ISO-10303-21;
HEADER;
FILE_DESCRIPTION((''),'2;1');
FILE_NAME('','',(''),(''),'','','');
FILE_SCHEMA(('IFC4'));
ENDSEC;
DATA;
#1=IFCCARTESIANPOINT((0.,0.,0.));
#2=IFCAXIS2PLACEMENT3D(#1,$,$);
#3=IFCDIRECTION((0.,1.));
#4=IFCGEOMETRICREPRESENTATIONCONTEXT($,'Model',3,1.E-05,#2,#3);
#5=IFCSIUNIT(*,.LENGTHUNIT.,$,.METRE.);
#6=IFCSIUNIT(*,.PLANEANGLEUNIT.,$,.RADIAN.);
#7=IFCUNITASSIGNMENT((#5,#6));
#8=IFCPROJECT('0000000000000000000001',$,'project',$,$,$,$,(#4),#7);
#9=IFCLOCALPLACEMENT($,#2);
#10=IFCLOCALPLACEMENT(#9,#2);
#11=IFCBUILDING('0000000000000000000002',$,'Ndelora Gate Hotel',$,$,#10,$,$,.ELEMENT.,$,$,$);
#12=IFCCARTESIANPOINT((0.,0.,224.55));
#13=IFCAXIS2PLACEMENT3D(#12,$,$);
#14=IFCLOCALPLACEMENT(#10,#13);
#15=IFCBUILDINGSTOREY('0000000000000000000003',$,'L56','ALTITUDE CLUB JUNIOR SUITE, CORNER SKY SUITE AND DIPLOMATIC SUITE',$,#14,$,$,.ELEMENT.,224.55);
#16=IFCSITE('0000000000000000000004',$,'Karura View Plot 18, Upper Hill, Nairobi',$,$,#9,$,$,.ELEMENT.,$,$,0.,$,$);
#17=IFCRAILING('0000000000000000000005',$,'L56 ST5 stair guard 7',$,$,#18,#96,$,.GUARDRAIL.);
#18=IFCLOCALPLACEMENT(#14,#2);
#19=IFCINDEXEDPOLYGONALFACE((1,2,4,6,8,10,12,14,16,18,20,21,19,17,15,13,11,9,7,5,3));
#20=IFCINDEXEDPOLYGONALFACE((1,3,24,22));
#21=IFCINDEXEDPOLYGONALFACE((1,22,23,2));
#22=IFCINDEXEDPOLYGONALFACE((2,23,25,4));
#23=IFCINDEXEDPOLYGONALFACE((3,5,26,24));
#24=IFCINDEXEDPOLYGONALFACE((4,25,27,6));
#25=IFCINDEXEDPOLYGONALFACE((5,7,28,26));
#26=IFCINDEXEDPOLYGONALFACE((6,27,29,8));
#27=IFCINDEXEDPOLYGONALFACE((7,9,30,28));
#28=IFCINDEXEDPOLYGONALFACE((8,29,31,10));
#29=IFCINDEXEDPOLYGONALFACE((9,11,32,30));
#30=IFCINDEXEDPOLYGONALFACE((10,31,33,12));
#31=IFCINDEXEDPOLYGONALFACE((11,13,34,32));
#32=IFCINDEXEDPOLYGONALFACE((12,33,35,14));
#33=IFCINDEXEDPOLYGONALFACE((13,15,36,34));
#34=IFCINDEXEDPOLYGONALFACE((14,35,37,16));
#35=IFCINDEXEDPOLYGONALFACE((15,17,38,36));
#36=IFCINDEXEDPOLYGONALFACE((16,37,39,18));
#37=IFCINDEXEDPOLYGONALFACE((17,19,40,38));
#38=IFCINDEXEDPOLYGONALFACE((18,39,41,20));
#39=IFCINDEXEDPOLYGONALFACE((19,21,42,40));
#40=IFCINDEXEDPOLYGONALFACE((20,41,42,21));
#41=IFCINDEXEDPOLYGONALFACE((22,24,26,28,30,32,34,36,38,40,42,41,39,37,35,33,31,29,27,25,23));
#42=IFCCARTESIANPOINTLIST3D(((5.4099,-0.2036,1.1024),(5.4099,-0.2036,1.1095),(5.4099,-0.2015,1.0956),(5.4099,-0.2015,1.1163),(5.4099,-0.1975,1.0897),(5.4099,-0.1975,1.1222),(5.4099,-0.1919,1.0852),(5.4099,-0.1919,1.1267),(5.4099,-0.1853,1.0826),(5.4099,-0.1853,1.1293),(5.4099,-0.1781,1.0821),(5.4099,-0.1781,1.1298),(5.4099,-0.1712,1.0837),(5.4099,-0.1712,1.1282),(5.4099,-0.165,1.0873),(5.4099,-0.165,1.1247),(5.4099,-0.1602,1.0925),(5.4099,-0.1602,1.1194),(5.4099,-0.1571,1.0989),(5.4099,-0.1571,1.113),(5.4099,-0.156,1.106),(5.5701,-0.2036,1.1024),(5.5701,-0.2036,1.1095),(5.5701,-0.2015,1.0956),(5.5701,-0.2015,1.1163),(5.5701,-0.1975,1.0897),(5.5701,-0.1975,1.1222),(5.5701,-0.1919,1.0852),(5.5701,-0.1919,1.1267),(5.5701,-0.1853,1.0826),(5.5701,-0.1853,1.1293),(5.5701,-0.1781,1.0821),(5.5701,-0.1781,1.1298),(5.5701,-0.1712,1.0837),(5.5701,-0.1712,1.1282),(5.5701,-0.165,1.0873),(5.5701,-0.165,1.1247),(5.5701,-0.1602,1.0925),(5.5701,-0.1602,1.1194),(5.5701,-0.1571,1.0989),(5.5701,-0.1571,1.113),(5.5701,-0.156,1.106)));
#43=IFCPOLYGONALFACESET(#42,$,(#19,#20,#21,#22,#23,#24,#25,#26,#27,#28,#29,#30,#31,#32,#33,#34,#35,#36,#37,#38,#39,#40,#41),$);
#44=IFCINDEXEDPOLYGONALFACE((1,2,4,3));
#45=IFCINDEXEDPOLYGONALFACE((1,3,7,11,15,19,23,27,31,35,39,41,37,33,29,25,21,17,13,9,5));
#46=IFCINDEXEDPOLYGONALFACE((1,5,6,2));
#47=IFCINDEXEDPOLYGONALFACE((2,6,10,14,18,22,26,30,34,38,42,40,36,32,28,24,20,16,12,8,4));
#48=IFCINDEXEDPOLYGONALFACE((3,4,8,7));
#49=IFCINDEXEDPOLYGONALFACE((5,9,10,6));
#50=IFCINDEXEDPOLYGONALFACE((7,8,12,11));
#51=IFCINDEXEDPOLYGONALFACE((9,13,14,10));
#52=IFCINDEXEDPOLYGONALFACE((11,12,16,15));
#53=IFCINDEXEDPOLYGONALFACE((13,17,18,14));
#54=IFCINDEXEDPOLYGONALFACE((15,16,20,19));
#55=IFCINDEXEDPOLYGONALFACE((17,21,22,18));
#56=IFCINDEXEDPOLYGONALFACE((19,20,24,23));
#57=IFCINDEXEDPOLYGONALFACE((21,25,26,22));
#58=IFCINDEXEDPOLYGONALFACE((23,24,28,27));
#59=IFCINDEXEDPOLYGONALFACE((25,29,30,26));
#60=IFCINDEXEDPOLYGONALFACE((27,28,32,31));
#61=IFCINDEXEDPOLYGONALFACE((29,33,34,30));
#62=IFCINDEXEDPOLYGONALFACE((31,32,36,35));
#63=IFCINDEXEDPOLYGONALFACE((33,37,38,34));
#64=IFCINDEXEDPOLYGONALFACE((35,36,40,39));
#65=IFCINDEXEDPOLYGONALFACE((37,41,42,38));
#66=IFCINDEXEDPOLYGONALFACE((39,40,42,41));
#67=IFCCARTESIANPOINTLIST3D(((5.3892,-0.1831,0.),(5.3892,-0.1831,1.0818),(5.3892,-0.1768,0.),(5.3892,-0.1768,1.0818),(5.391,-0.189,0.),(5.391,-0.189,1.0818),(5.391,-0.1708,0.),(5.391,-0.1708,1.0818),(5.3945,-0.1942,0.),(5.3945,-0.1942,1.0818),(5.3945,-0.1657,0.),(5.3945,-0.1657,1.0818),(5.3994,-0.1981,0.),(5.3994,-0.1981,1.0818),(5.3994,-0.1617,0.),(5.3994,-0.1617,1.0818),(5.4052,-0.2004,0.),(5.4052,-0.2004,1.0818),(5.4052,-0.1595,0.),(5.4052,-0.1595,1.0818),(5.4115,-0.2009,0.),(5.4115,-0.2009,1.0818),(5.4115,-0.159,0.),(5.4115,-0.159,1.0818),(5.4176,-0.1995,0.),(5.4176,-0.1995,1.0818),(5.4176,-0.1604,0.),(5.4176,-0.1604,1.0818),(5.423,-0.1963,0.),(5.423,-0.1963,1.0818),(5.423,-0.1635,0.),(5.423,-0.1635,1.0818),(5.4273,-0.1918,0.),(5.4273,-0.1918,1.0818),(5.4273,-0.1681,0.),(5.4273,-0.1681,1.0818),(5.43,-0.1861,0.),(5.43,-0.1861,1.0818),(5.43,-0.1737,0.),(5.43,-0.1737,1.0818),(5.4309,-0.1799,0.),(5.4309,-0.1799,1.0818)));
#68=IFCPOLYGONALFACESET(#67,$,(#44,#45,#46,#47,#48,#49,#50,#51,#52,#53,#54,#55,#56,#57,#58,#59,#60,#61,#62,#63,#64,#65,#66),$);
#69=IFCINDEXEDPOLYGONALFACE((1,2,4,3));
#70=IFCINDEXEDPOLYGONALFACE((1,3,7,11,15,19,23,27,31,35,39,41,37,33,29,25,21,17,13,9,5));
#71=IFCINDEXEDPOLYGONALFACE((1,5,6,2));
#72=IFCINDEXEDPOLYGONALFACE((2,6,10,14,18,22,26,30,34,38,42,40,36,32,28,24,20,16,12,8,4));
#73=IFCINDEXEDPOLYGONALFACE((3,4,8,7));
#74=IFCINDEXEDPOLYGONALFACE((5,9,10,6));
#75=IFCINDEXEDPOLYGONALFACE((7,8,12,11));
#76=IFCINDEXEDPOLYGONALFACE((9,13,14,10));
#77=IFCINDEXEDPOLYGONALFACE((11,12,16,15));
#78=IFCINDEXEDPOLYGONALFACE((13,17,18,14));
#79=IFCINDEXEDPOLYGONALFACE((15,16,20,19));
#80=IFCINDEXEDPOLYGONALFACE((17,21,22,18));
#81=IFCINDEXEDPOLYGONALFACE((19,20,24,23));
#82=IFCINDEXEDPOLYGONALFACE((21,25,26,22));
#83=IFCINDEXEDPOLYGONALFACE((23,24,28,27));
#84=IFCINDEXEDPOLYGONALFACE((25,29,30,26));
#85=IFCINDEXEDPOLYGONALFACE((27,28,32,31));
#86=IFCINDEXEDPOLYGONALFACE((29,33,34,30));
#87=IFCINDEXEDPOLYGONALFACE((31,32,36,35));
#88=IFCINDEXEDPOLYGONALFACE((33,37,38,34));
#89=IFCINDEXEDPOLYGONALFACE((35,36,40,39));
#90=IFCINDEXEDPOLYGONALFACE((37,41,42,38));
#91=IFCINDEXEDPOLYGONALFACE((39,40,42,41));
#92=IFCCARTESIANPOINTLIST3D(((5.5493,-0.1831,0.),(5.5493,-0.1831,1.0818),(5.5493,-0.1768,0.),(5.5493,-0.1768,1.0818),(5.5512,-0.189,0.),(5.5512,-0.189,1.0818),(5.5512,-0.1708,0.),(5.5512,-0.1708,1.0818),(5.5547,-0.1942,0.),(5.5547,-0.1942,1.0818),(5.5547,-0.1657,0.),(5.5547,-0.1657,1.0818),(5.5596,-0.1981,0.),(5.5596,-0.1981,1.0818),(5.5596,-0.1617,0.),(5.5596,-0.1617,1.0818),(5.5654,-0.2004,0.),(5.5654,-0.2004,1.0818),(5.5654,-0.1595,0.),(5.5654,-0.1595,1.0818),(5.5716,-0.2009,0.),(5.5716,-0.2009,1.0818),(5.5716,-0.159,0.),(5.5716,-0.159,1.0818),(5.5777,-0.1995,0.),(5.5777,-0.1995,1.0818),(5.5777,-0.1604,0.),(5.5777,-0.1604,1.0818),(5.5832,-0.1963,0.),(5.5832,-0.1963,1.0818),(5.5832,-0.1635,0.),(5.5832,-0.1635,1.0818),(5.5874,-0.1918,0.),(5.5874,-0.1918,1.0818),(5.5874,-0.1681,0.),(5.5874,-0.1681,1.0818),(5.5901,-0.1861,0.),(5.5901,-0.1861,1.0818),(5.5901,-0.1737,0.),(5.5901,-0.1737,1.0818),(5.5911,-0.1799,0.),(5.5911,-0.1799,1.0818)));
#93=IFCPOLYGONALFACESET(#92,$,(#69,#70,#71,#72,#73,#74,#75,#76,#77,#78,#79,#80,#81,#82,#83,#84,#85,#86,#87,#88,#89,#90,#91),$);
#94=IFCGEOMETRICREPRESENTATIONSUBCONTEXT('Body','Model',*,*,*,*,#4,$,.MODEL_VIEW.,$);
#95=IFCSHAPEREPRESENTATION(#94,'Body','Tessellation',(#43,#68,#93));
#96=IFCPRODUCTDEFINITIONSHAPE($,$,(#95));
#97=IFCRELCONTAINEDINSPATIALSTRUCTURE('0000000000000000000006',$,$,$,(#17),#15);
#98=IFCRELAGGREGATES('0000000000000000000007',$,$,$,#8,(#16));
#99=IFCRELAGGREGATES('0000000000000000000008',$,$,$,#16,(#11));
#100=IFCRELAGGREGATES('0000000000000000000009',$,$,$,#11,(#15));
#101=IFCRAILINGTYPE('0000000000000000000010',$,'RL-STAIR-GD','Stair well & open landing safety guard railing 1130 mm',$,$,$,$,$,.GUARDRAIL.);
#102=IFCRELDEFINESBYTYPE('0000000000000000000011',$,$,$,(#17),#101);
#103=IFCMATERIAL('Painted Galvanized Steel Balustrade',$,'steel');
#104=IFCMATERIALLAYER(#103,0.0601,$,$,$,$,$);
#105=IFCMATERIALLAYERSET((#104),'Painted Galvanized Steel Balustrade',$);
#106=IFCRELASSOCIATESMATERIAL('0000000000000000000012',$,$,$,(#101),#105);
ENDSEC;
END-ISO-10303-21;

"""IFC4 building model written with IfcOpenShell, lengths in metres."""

from ifc_helpers import new_model, si_unit, direction, frame, origin, origin_2d, place, context, subcontext, project, spatial, circle, extrude, material, layer, layer_set, type_object, element, save


model = new_model("IFC4")

# Units and contexts
model_context = context("Model", 3, precision=1e-05, world=origin(), true_north=direction((0.0, 1.0)))
body_context = subcontext(model_context, "Body", "Model", "MODEL_VIEW")
ifc_project = project(units=[si_unit("LENGTHUNIT", "METRE"), si_unit("PLANEANGLEUNIT", "RADIAN")], contexts=[model_context])

# Site, building, storey
site_placement = place(None, origin())
site = spatial("IfcSite", under=ifc_project, at=site_placement, Name="Karura View Plot 18, Upper Hill, Nairobi", CompositionType="ELEMENT", RefElevation=0.0)
building_placement = place(site_placement, origin())
building = spatial("IfcBuilding", under=site, at=building_placement, Name="Ndelora Gate Hotel", CompositionType="ELEMENT")
storey_placement = place(building_placement, frame((0.0, 0.0, 224.55)))
storey = spatial("IfcBuildingStorey", under=building, at=storey_placement, Name="L56", Description="ALTITUDE CLUB JUNIOR SUITE, CORNER SKY SUITE AND DIPLOMATIC SUITE", CompositionType="ELEMENT", Elevation=224.55)

# Railing
ifc_material_1 = material(Name="Painted Galvanized Steel Balustrade", Category="steel")
ifc_layer_1 = layer(ifc_material_1, 0.0601)
ifc_layer_set_1 = layer_set([ifc_layer_1], Name="Painted Galvanized Steel Balustrade")
railing_type_1 = type_object("IfcRailingType", Name="RL-STAIR-GD", Description="Stair well & open landing safety guard railing 1130 mm", PredefinedType="GUARDRAIL", material=ifc_layer_set_1)
railing_1_placement = place(storey_placement, frame((5.4099, -0.1799, 0.0)))
element("IfcRailing", 1, at=railing_1_placement, inside=storey, type_object=railing_type_1, Name="L56 ST5 stair guard 7", PredefinedType="GUARDRAIL", context=body_context, shape_type="SweptSolid", body=[
    extrude(circle(Radius=0.0239, at=origin_2d()), frame((0.0, 0.0, 1.106), z_axis=(1.0, 0.0, 0.0), x_axis=(0.0, 1.0, 0.0)), (0.0, 0.0, 1.0), 0.1602),
    extrude(circle(Radius=0.021, at=origin_2d()), origin(), (0.0, 0.0, 1.0), 1.0818),
    extrude(circle(Radius=0.021, at=origin_2d()), frame((0.1602, 0.0, 0.0)), (0.0, 0.0, 1.0), 1.0818),
])

save(model, "model.ifc")
